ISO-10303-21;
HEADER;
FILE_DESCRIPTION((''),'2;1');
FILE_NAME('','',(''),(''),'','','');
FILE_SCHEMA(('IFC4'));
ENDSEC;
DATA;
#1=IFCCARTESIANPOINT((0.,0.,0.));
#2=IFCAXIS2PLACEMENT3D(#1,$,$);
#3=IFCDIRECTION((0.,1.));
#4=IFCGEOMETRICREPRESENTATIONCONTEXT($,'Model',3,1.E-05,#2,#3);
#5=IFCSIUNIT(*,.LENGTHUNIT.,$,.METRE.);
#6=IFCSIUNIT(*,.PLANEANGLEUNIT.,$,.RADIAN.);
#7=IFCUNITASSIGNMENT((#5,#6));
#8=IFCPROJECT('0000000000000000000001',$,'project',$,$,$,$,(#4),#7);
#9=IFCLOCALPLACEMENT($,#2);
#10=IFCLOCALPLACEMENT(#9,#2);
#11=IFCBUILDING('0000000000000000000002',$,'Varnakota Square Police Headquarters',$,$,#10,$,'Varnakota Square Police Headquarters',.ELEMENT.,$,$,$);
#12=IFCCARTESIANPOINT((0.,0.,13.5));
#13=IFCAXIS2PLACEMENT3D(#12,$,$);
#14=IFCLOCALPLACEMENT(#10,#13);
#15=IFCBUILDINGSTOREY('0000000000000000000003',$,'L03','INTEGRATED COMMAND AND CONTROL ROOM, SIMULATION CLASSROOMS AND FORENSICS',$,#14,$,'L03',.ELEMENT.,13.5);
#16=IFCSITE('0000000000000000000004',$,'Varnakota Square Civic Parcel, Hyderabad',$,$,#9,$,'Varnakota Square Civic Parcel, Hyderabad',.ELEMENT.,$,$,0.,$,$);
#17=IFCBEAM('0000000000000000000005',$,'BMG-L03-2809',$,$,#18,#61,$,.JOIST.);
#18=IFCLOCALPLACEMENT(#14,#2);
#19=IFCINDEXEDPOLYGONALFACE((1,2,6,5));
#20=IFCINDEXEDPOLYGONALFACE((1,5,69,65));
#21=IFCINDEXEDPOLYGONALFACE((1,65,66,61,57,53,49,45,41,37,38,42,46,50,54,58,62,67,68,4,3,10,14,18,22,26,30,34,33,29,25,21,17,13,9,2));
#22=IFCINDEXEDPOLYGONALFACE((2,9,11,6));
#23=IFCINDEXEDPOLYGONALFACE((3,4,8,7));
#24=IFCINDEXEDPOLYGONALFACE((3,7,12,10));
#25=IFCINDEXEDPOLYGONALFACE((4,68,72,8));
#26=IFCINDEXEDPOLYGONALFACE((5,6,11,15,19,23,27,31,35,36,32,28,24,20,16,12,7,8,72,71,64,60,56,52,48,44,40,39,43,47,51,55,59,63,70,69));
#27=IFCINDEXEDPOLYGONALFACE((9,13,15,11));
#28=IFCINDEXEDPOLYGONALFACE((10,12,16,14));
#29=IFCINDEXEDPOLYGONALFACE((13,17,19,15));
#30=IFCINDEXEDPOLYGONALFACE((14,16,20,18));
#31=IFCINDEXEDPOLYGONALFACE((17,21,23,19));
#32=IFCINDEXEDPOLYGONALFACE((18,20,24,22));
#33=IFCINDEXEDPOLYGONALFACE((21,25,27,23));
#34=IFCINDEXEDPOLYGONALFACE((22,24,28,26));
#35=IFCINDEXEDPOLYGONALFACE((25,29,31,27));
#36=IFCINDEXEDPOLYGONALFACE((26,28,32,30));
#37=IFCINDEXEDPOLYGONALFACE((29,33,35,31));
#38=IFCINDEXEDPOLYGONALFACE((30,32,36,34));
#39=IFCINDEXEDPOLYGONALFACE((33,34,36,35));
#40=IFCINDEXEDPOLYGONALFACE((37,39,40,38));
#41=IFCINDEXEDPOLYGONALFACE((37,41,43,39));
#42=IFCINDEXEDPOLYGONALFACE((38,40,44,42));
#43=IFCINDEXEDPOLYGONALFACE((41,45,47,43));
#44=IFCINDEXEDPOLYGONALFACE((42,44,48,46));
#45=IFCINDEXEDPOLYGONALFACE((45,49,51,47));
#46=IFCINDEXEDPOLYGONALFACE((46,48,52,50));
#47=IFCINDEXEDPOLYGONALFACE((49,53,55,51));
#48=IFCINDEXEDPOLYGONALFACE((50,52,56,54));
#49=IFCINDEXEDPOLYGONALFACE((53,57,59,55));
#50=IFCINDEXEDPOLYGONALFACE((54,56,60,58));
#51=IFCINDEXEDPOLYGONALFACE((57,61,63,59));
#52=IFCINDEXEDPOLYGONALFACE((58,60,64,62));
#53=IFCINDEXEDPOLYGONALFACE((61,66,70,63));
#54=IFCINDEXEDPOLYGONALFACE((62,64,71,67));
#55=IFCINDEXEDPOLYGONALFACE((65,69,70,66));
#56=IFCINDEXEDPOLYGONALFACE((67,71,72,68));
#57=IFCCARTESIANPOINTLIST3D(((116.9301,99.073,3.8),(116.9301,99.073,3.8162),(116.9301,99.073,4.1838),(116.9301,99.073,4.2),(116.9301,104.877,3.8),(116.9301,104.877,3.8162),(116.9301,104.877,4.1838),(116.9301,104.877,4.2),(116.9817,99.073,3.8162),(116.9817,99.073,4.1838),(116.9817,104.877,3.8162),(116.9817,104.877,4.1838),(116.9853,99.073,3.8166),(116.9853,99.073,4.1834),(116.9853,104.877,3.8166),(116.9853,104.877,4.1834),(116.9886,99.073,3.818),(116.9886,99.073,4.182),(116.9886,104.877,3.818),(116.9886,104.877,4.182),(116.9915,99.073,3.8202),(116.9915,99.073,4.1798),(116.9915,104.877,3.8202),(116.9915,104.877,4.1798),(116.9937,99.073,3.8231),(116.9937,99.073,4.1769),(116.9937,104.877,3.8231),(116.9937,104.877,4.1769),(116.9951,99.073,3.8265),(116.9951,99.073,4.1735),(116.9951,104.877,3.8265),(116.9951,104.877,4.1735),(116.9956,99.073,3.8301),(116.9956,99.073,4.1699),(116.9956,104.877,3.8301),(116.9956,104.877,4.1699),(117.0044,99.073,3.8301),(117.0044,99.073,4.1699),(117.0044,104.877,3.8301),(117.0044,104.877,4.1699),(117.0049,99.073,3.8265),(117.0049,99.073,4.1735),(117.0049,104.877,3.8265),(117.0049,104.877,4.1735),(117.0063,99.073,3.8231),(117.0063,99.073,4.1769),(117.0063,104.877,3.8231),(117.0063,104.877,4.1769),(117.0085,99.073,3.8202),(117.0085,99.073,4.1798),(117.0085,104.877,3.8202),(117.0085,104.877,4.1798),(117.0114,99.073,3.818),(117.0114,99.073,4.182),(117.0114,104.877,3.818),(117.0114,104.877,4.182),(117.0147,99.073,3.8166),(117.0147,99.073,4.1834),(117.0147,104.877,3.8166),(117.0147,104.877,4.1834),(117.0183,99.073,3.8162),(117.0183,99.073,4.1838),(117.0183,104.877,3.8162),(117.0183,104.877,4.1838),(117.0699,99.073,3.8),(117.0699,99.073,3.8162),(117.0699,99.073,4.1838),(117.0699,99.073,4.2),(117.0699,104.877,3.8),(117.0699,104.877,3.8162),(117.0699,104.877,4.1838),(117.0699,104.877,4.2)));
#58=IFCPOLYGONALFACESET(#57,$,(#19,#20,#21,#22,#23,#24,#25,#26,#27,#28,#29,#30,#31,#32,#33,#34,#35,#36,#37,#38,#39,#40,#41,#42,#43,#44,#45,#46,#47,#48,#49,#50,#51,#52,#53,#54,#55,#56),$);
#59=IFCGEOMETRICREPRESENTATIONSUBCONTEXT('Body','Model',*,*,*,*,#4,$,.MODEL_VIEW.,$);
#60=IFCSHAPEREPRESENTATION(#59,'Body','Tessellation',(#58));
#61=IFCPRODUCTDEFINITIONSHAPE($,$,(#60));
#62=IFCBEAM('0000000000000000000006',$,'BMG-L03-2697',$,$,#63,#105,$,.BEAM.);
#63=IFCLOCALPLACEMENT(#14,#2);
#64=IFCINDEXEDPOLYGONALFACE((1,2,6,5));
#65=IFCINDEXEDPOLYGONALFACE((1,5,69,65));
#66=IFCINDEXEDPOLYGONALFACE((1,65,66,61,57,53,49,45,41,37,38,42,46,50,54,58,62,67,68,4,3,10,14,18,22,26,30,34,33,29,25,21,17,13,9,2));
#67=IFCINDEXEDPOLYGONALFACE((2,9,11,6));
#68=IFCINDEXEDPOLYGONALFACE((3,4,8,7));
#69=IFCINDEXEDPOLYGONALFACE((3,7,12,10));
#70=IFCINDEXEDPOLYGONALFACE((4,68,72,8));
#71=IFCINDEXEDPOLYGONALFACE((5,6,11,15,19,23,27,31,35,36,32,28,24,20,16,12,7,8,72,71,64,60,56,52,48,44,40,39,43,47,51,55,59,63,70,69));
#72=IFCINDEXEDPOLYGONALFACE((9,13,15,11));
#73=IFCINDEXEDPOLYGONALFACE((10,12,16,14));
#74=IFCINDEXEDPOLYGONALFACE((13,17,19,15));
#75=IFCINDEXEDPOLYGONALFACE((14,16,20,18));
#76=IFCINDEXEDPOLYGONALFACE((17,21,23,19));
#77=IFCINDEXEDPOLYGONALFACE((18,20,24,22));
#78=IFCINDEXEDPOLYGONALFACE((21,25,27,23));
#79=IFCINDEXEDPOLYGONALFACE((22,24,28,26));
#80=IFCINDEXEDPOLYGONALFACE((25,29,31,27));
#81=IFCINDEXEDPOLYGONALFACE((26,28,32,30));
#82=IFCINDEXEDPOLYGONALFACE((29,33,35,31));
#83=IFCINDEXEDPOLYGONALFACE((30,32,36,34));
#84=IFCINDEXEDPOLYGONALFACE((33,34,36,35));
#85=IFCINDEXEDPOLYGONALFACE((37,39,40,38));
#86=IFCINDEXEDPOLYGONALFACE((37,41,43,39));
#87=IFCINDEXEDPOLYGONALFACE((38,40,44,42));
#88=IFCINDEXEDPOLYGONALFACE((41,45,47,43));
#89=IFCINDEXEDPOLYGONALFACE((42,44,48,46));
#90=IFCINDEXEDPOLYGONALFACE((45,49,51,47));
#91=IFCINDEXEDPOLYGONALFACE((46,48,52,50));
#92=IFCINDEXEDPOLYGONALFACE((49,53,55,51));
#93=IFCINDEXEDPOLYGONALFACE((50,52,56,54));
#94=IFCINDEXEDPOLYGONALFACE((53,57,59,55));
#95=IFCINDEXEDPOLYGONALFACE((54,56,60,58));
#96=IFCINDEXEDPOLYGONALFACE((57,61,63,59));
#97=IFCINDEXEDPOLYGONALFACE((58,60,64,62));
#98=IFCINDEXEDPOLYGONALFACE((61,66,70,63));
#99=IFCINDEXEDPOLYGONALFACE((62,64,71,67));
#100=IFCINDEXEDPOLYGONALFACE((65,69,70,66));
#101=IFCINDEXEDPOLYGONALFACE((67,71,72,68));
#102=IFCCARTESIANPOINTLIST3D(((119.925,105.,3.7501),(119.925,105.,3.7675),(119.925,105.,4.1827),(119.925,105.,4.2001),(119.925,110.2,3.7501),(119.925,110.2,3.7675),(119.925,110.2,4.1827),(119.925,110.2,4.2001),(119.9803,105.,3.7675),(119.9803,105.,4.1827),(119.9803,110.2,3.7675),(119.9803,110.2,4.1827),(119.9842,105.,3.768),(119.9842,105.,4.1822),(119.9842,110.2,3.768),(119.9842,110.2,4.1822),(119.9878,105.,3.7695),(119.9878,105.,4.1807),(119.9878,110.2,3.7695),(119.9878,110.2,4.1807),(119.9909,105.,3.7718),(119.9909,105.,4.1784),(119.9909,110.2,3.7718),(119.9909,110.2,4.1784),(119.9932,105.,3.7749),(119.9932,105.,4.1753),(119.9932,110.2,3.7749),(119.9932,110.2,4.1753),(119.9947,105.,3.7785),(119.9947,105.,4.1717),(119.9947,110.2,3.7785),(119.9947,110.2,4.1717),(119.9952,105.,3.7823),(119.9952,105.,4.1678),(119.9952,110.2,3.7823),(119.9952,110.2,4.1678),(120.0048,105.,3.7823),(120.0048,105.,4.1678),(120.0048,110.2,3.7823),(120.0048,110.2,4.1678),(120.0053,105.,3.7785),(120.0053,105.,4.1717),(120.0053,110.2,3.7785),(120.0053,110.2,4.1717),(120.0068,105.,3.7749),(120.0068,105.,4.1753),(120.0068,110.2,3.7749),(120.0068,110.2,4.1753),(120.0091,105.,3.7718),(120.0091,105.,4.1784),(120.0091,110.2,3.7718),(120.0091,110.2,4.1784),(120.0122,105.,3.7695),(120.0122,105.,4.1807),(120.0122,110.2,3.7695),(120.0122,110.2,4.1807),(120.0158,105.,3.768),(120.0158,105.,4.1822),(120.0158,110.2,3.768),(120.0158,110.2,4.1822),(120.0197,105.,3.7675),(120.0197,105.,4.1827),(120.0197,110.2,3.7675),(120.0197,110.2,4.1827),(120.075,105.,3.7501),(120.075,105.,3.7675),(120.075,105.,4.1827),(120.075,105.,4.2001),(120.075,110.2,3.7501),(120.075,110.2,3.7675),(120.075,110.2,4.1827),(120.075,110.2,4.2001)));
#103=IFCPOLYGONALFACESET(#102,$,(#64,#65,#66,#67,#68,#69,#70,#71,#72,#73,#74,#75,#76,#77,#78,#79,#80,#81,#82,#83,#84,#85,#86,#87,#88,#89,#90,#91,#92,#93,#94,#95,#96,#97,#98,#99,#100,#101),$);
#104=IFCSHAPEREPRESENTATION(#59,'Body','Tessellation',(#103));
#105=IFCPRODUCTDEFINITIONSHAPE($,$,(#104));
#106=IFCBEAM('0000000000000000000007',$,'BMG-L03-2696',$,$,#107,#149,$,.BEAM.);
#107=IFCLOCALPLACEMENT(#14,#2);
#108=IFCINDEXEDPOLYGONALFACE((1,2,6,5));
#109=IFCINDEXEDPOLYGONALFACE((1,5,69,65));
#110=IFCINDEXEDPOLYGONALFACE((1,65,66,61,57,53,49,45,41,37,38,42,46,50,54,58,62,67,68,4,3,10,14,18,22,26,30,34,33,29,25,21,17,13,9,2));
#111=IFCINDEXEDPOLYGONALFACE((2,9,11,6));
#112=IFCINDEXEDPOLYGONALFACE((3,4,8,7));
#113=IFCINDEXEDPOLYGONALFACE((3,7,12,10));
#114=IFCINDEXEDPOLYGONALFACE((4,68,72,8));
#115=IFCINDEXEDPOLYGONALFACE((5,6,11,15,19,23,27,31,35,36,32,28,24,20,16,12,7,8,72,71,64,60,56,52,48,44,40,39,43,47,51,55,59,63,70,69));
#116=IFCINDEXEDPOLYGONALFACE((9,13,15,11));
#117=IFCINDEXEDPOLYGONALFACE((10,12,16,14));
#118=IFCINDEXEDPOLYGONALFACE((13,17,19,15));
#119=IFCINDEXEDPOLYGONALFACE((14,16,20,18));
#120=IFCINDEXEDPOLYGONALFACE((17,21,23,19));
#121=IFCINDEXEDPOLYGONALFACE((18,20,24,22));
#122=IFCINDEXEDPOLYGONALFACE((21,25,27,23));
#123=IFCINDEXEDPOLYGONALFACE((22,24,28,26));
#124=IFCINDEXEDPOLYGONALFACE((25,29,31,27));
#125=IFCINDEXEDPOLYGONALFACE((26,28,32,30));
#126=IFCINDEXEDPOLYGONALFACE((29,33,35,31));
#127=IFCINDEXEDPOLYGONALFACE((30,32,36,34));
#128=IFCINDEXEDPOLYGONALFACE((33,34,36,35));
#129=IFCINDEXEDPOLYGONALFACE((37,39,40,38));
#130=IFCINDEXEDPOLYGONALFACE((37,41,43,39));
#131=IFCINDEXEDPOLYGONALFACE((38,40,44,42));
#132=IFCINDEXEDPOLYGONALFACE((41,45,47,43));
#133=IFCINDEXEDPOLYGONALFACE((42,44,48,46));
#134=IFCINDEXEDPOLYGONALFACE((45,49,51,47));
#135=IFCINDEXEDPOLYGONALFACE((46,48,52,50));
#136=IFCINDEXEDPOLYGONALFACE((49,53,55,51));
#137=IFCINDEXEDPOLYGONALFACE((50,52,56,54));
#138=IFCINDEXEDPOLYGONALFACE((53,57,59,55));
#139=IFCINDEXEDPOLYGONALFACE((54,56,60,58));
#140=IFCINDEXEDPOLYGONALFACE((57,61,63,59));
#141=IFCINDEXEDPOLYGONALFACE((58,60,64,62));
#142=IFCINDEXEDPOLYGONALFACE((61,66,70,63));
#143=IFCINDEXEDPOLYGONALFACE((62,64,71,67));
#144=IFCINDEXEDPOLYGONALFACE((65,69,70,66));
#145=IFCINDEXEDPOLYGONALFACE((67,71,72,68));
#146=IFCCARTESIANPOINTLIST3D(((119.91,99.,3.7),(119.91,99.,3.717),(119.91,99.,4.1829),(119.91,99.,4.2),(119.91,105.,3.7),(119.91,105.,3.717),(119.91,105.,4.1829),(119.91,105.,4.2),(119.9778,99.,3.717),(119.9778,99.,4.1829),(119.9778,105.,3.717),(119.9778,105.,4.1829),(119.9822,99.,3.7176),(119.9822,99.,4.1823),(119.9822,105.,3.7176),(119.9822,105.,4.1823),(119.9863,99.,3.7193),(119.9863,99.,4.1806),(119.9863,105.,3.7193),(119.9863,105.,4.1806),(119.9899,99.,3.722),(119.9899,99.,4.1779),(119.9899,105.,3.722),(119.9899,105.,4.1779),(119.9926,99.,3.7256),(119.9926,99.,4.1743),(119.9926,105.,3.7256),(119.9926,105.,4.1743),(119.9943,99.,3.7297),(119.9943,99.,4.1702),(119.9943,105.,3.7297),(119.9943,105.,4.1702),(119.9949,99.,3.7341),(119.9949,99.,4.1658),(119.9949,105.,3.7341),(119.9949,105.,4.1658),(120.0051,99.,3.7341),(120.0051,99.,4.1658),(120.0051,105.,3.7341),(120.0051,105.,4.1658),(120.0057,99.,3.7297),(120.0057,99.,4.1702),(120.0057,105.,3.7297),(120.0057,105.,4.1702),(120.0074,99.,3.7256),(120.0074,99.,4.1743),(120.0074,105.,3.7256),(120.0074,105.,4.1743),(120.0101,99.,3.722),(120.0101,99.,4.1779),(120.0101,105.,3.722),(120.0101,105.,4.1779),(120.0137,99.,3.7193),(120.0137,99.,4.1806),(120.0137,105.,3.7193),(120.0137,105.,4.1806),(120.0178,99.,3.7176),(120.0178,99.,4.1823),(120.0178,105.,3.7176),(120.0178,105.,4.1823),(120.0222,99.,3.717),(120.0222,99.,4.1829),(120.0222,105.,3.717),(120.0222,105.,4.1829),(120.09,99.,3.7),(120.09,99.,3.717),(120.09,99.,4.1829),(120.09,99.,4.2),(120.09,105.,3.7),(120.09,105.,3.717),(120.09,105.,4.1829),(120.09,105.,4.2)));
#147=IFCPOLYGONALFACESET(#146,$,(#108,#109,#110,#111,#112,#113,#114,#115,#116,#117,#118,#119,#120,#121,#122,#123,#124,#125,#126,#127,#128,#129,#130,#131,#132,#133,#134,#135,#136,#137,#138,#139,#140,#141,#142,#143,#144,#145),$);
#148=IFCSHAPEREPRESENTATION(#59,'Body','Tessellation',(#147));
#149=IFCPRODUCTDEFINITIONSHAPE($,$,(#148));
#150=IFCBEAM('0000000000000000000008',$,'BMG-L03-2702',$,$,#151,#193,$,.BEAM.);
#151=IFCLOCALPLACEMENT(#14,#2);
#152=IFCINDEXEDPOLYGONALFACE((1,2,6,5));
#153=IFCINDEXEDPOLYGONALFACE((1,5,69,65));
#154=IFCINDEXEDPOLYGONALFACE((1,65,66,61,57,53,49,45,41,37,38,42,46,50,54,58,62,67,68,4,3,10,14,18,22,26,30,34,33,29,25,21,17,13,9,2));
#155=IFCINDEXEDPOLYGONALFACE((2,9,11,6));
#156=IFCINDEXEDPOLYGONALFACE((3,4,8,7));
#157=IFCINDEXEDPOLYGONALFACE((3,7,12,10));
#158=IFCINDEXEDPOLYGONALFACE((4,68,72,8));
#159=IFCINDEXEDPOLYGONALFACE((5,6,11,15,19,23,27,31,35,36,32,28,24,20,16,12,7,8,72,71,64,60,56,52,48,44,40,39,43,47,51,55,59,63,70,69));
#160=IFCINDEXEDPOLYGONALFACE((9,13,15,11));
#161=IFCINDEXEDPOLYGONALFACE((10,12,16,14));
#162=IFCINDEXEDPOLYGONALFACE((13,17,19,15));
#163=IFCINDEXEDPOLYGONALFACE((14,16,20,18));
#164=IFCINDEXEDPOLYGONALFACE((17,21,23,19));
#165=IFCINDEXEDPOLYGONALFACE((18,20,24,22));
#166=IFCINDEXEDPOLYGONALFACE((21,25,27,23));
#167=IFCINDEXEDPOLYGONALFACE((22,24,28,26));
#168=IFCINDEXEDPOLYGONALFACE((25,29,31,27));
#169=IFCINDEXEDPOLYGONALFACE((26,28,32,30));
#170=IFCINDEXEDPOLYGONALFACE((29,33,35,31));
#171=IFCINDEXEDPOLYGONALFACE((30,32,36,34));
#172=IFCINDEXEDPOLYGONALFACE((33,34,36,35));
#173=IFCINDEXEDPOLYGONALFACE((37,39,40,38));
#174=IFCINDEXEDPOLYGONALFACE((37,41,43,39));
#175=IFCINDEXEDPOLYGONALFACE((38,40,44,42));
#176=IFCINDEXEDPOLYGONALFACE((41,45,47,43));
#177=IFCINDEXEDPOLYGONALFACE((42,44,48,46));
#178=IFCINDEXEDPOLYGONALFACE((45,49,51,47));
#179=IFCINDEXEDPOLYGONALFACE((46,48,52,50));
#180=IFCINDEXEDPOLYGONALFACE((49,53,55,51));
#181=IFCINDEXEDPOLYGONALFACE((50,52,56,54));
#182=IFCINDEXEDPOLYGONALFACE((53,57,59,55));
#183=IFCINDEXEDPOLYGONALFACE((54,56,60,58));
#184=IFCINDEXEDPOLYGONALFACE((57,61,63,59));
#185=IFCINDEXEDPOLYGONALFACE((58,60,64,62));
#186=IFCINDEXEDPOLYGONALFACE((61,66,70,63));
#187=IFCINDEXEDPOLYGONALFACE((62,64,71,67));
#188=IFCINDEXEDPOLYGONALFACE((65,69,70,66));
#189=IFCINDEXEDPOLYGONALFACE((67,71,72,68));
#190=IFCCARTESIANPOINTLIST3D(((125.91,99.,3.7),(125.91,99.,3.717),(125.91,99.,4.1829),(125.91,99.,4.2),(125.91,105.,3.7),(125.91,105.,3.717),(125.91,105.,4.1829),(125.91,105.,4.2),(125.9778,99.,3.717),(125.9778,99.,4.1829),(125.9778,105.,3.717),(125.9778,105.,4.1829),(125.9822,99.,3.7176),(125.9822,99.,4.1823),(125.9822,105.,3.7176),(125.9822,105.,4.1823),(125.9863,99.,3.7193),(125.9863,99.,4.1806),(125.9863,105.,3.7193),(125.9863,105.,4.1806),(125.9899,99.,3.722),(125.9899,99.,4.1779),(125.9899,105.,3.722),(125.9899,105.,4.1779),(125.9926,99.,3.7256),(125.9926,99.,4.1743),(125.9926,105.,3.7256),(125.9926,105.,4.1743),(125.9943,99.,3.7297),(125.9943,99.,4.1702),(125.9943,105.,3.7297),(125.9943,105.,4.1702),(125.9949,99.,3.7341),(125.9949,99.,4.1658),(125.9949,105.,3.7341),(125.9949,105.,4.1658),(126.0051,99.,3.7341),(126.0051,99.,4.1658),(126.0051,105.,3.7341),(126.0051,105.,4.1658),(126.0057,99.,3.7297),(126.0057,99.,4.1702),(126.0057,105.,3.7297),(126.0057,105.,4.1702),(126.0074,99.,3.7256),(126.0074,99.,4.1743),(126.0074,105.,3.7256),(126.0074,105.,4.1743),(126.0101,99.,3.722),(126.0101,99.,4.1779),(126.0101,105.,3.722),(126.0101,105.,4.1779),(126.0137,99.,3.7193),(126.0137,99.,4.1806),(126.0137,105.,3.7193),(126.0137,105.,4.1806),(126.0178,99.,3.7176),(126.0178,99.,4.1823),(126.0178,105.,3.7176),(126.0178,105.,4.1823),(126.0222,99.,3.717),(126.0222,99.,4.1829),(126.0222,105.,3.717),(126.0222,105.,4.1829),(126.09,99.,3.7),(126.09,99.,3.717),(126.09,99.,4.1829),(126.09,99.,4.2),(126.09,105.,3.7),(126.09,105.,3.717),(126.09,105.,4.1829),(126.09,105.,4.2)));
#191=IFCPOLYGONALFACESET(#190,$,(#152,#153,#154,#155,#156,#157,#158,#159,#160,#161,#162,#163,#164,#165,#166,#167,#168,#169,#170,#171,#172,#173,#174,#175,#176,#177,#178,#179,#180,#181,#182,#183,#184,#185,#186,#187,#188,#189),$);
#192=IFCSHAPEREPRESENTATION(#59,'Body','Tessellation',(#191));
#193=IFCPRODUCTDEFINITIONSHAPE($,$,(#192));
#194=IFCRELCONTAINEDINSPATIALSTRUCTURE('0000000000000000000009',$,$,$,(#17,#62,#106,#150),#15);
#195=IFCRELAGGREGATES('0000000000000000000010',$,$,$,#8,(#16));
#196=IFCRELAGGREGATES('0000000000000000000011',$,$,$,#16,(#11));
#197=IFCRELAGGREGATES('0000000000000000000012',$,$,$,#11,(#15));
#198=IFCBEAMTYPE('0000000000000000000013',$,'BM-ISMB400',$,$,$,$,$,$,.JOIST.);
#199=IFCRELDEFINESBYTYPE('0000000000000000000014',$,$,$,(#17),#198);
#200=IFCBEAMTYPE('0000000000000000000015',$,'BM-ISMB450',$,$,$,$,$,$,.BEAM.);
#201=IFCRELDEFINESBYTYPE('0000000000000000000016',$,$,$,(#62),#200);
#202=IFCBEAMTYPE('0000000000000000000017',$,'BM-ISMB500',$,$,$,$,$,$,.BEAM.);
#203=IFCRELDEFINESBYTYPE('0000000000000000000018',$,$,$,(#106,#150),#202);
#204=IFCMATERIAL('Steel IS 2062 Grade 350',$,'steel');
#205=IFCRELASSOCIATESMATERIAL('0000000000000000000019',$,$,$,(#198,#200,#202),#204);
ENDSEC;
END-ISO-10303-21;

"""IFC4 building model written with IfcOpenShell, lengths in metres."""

from ifc_helpers import new_model, si_unit, direction, frame, origin, origin_2d, place, context, subcontext, project, spatial, i_section, extrude, material, material_profile, profile_set, type_object, element, save


model = new_model("IFC4")

# Units and contexts
model_context = context("Model", 3, precision=1e-05, world=origin(), true_north=direction((0.0, 1.0)))
body_context = subcontext(model_context, "Body", "Model", "MODEL_VIEW")
ifc_project = project(units=[si_unit("LENGTHUNIT", "METRE"), si_unit("PLANEANGLEUNIT", "RADIAN")], contexts=[model_context])

# Site, building, storey
site_placement = place(None, origin())
site = spatial("IfcSite", under=ifc_project, at=site_placement, Name="Varnakota Square Civic Parcel, Hyderabad", LongName="Varnakota Square Civic Parcel, Hyderabad", CompositionType="ELEMENT", RefElevation=0.0)
building_placement = place(site_placement, origin())
building = spatial("IfcBuilding", under=site, at=building_placement, Name="Varnakota Square Police Headquarters", LongName="Varnakota Square Police Headquarters", CompositionType="ELEMENT")
storey_placement = place(building_placement, frame((0.0, 0.0, 13.5)))
storey = spatial("IfcBuildingStorey", under=building, at=storey_placement, Name="L03", Description="INTEGRATED COMMAND AND CONTROL ROOM, SIMULATION CLASSROOMS AND FORENSICS", LongName="L03", CompositionType="ELEMENT", Elevation=13.5)

# Shared definitions
ifc_material_1 = material(Name="Steel IS 2062 Grade 350", Category="steel")

# Beams
ifc_material_profile_1 = material_profile(ifc_material_1, i_section(OverallWidth=0.1399, OverallDepth=0.3999, WebThickness=0.0088, FlangeThickness=0.0161, FilletRadius=0.0139, at=origin_2d()), Name="ISMB 400")
ifc_profile_set_1 = profile_set([ifc_material_profile_1], Name="Steel IS 2062 Grade 350")
beam_type_1 = type_object("IfcBeamType", Name="BM-ISMB400", PredefinedType="JOIST", material=ifc_profile_set_1)
beam_1_placement = place(storey_placement, frame((117.0, 99.073, 4.0), z_axis=(0.0, 1.0, 0.0), x_axis=(-1.0, 0.0, 0.0)))
element("IfcBeam", 1, at=beam_1_placement, inside=storey, type_object=beam_type_1, Name="BMG-L03-2809", PredefinedType="JOIST", context=body_context, shape_type="SweptSolid", body=[
    extrude(i_section(OverallWidth=0.1399, OverallDepth=0.3999, WebThickness=0.0088, FlangeThickness=0.0161, FilletRadius=0.0139, at=origin_2d()), origin(), (0.0, 0.0, 1.0), 5.804),
])
ifc_material_profile_2 = material_profile(ifc_material_1, i_section(OverallWidth=0.1499, OverallDepth=0.45, WebThickness=0.0095, FlangeThickness=0.0173, FilletRadius=0.0149, at=origin_2d()), Name="ISMB 450")
ifc_profile_set_2 = profile_set([ifc_material_profile_2], Name="Steel IS 2062 Grade 350")
beam_type_2 = type_object("IfcBeamType", Name="BM-ISMB450", PredefinedType="BEAM", material=ifc_profile_set_2)
beam_2_placement = place(storey_placement, frame((120.0, 105.0, 3.9751), z_axis=(0.0, 1.0, 0.0), x_axis=(-1.0, 0.0, 0.0)))
element("IfcBeam", 2, at=beam_2_placement, inside=storey, type_object=beam_type_2, Name="BMG-L03-2697", PredefinedType="BEAM", context=body_context, shape_type="SweptSolid", body=[
    extrude(i_section(OverallWidth=0.1499, OverallDepth=0.45, WebThickness=0.0095, FlangeThickness=0.0173, FilletRadius=0.0149, at=origin_2d()), origin(), (0.0, 0.0, 1.0), 5.2),
])
ifc_material_profile_3 = material_profile(ifc_material_1, i_section(OverallWidth=0.1799, OverallDepth=0.5, WebThickness=0.0103, FlangeThickness=0.0171, FilletRadius=0.0171, at=origin_2d()), Name="ISMB 500")
ifc_profile_set_3 = profile_set([ifc_material_profile_3], Name="Steel IS 2062 Grade 350")
beam_type_3 = type_object("IfcBeamType", Name="BM-ISMB500", PredefinedType="BEAM", material=ifc_profile_set_3)
for number, where, z_axis, x_axis, name in (
    (3, (120.0, 99.0, 3.95), (0.0, 1.0, 0.0), (-1.0, 0.0, 0.0), "BMG-L03-2696"),
    (4, (126.0, 99.0, 3.95), (0.0, 1.0, 0.0), (-1.0, 0.0, 0.0), "BMG-L03-2702"),
):
    element("IfcBeam", number, at=place(storey_placement, frame(where, z_axis=z_axis, x_axis=x_axis)), inside=storey, type_object=beam_type_3, Name=name, PredefinedType="BEAM", context=body_context, shape_type="SweptSolid", body=[
        extrude(i_section(OverallWidth=0.1799, OverallDepth=0.5, WebThickness=0.0103, FlangeThickness=0.0171, FilletRadius=0.0171, at=origin_2d()), origin(), (0.0, 0.0, 1.0), 6.0),
    ])

save(model, "model.ifc")
